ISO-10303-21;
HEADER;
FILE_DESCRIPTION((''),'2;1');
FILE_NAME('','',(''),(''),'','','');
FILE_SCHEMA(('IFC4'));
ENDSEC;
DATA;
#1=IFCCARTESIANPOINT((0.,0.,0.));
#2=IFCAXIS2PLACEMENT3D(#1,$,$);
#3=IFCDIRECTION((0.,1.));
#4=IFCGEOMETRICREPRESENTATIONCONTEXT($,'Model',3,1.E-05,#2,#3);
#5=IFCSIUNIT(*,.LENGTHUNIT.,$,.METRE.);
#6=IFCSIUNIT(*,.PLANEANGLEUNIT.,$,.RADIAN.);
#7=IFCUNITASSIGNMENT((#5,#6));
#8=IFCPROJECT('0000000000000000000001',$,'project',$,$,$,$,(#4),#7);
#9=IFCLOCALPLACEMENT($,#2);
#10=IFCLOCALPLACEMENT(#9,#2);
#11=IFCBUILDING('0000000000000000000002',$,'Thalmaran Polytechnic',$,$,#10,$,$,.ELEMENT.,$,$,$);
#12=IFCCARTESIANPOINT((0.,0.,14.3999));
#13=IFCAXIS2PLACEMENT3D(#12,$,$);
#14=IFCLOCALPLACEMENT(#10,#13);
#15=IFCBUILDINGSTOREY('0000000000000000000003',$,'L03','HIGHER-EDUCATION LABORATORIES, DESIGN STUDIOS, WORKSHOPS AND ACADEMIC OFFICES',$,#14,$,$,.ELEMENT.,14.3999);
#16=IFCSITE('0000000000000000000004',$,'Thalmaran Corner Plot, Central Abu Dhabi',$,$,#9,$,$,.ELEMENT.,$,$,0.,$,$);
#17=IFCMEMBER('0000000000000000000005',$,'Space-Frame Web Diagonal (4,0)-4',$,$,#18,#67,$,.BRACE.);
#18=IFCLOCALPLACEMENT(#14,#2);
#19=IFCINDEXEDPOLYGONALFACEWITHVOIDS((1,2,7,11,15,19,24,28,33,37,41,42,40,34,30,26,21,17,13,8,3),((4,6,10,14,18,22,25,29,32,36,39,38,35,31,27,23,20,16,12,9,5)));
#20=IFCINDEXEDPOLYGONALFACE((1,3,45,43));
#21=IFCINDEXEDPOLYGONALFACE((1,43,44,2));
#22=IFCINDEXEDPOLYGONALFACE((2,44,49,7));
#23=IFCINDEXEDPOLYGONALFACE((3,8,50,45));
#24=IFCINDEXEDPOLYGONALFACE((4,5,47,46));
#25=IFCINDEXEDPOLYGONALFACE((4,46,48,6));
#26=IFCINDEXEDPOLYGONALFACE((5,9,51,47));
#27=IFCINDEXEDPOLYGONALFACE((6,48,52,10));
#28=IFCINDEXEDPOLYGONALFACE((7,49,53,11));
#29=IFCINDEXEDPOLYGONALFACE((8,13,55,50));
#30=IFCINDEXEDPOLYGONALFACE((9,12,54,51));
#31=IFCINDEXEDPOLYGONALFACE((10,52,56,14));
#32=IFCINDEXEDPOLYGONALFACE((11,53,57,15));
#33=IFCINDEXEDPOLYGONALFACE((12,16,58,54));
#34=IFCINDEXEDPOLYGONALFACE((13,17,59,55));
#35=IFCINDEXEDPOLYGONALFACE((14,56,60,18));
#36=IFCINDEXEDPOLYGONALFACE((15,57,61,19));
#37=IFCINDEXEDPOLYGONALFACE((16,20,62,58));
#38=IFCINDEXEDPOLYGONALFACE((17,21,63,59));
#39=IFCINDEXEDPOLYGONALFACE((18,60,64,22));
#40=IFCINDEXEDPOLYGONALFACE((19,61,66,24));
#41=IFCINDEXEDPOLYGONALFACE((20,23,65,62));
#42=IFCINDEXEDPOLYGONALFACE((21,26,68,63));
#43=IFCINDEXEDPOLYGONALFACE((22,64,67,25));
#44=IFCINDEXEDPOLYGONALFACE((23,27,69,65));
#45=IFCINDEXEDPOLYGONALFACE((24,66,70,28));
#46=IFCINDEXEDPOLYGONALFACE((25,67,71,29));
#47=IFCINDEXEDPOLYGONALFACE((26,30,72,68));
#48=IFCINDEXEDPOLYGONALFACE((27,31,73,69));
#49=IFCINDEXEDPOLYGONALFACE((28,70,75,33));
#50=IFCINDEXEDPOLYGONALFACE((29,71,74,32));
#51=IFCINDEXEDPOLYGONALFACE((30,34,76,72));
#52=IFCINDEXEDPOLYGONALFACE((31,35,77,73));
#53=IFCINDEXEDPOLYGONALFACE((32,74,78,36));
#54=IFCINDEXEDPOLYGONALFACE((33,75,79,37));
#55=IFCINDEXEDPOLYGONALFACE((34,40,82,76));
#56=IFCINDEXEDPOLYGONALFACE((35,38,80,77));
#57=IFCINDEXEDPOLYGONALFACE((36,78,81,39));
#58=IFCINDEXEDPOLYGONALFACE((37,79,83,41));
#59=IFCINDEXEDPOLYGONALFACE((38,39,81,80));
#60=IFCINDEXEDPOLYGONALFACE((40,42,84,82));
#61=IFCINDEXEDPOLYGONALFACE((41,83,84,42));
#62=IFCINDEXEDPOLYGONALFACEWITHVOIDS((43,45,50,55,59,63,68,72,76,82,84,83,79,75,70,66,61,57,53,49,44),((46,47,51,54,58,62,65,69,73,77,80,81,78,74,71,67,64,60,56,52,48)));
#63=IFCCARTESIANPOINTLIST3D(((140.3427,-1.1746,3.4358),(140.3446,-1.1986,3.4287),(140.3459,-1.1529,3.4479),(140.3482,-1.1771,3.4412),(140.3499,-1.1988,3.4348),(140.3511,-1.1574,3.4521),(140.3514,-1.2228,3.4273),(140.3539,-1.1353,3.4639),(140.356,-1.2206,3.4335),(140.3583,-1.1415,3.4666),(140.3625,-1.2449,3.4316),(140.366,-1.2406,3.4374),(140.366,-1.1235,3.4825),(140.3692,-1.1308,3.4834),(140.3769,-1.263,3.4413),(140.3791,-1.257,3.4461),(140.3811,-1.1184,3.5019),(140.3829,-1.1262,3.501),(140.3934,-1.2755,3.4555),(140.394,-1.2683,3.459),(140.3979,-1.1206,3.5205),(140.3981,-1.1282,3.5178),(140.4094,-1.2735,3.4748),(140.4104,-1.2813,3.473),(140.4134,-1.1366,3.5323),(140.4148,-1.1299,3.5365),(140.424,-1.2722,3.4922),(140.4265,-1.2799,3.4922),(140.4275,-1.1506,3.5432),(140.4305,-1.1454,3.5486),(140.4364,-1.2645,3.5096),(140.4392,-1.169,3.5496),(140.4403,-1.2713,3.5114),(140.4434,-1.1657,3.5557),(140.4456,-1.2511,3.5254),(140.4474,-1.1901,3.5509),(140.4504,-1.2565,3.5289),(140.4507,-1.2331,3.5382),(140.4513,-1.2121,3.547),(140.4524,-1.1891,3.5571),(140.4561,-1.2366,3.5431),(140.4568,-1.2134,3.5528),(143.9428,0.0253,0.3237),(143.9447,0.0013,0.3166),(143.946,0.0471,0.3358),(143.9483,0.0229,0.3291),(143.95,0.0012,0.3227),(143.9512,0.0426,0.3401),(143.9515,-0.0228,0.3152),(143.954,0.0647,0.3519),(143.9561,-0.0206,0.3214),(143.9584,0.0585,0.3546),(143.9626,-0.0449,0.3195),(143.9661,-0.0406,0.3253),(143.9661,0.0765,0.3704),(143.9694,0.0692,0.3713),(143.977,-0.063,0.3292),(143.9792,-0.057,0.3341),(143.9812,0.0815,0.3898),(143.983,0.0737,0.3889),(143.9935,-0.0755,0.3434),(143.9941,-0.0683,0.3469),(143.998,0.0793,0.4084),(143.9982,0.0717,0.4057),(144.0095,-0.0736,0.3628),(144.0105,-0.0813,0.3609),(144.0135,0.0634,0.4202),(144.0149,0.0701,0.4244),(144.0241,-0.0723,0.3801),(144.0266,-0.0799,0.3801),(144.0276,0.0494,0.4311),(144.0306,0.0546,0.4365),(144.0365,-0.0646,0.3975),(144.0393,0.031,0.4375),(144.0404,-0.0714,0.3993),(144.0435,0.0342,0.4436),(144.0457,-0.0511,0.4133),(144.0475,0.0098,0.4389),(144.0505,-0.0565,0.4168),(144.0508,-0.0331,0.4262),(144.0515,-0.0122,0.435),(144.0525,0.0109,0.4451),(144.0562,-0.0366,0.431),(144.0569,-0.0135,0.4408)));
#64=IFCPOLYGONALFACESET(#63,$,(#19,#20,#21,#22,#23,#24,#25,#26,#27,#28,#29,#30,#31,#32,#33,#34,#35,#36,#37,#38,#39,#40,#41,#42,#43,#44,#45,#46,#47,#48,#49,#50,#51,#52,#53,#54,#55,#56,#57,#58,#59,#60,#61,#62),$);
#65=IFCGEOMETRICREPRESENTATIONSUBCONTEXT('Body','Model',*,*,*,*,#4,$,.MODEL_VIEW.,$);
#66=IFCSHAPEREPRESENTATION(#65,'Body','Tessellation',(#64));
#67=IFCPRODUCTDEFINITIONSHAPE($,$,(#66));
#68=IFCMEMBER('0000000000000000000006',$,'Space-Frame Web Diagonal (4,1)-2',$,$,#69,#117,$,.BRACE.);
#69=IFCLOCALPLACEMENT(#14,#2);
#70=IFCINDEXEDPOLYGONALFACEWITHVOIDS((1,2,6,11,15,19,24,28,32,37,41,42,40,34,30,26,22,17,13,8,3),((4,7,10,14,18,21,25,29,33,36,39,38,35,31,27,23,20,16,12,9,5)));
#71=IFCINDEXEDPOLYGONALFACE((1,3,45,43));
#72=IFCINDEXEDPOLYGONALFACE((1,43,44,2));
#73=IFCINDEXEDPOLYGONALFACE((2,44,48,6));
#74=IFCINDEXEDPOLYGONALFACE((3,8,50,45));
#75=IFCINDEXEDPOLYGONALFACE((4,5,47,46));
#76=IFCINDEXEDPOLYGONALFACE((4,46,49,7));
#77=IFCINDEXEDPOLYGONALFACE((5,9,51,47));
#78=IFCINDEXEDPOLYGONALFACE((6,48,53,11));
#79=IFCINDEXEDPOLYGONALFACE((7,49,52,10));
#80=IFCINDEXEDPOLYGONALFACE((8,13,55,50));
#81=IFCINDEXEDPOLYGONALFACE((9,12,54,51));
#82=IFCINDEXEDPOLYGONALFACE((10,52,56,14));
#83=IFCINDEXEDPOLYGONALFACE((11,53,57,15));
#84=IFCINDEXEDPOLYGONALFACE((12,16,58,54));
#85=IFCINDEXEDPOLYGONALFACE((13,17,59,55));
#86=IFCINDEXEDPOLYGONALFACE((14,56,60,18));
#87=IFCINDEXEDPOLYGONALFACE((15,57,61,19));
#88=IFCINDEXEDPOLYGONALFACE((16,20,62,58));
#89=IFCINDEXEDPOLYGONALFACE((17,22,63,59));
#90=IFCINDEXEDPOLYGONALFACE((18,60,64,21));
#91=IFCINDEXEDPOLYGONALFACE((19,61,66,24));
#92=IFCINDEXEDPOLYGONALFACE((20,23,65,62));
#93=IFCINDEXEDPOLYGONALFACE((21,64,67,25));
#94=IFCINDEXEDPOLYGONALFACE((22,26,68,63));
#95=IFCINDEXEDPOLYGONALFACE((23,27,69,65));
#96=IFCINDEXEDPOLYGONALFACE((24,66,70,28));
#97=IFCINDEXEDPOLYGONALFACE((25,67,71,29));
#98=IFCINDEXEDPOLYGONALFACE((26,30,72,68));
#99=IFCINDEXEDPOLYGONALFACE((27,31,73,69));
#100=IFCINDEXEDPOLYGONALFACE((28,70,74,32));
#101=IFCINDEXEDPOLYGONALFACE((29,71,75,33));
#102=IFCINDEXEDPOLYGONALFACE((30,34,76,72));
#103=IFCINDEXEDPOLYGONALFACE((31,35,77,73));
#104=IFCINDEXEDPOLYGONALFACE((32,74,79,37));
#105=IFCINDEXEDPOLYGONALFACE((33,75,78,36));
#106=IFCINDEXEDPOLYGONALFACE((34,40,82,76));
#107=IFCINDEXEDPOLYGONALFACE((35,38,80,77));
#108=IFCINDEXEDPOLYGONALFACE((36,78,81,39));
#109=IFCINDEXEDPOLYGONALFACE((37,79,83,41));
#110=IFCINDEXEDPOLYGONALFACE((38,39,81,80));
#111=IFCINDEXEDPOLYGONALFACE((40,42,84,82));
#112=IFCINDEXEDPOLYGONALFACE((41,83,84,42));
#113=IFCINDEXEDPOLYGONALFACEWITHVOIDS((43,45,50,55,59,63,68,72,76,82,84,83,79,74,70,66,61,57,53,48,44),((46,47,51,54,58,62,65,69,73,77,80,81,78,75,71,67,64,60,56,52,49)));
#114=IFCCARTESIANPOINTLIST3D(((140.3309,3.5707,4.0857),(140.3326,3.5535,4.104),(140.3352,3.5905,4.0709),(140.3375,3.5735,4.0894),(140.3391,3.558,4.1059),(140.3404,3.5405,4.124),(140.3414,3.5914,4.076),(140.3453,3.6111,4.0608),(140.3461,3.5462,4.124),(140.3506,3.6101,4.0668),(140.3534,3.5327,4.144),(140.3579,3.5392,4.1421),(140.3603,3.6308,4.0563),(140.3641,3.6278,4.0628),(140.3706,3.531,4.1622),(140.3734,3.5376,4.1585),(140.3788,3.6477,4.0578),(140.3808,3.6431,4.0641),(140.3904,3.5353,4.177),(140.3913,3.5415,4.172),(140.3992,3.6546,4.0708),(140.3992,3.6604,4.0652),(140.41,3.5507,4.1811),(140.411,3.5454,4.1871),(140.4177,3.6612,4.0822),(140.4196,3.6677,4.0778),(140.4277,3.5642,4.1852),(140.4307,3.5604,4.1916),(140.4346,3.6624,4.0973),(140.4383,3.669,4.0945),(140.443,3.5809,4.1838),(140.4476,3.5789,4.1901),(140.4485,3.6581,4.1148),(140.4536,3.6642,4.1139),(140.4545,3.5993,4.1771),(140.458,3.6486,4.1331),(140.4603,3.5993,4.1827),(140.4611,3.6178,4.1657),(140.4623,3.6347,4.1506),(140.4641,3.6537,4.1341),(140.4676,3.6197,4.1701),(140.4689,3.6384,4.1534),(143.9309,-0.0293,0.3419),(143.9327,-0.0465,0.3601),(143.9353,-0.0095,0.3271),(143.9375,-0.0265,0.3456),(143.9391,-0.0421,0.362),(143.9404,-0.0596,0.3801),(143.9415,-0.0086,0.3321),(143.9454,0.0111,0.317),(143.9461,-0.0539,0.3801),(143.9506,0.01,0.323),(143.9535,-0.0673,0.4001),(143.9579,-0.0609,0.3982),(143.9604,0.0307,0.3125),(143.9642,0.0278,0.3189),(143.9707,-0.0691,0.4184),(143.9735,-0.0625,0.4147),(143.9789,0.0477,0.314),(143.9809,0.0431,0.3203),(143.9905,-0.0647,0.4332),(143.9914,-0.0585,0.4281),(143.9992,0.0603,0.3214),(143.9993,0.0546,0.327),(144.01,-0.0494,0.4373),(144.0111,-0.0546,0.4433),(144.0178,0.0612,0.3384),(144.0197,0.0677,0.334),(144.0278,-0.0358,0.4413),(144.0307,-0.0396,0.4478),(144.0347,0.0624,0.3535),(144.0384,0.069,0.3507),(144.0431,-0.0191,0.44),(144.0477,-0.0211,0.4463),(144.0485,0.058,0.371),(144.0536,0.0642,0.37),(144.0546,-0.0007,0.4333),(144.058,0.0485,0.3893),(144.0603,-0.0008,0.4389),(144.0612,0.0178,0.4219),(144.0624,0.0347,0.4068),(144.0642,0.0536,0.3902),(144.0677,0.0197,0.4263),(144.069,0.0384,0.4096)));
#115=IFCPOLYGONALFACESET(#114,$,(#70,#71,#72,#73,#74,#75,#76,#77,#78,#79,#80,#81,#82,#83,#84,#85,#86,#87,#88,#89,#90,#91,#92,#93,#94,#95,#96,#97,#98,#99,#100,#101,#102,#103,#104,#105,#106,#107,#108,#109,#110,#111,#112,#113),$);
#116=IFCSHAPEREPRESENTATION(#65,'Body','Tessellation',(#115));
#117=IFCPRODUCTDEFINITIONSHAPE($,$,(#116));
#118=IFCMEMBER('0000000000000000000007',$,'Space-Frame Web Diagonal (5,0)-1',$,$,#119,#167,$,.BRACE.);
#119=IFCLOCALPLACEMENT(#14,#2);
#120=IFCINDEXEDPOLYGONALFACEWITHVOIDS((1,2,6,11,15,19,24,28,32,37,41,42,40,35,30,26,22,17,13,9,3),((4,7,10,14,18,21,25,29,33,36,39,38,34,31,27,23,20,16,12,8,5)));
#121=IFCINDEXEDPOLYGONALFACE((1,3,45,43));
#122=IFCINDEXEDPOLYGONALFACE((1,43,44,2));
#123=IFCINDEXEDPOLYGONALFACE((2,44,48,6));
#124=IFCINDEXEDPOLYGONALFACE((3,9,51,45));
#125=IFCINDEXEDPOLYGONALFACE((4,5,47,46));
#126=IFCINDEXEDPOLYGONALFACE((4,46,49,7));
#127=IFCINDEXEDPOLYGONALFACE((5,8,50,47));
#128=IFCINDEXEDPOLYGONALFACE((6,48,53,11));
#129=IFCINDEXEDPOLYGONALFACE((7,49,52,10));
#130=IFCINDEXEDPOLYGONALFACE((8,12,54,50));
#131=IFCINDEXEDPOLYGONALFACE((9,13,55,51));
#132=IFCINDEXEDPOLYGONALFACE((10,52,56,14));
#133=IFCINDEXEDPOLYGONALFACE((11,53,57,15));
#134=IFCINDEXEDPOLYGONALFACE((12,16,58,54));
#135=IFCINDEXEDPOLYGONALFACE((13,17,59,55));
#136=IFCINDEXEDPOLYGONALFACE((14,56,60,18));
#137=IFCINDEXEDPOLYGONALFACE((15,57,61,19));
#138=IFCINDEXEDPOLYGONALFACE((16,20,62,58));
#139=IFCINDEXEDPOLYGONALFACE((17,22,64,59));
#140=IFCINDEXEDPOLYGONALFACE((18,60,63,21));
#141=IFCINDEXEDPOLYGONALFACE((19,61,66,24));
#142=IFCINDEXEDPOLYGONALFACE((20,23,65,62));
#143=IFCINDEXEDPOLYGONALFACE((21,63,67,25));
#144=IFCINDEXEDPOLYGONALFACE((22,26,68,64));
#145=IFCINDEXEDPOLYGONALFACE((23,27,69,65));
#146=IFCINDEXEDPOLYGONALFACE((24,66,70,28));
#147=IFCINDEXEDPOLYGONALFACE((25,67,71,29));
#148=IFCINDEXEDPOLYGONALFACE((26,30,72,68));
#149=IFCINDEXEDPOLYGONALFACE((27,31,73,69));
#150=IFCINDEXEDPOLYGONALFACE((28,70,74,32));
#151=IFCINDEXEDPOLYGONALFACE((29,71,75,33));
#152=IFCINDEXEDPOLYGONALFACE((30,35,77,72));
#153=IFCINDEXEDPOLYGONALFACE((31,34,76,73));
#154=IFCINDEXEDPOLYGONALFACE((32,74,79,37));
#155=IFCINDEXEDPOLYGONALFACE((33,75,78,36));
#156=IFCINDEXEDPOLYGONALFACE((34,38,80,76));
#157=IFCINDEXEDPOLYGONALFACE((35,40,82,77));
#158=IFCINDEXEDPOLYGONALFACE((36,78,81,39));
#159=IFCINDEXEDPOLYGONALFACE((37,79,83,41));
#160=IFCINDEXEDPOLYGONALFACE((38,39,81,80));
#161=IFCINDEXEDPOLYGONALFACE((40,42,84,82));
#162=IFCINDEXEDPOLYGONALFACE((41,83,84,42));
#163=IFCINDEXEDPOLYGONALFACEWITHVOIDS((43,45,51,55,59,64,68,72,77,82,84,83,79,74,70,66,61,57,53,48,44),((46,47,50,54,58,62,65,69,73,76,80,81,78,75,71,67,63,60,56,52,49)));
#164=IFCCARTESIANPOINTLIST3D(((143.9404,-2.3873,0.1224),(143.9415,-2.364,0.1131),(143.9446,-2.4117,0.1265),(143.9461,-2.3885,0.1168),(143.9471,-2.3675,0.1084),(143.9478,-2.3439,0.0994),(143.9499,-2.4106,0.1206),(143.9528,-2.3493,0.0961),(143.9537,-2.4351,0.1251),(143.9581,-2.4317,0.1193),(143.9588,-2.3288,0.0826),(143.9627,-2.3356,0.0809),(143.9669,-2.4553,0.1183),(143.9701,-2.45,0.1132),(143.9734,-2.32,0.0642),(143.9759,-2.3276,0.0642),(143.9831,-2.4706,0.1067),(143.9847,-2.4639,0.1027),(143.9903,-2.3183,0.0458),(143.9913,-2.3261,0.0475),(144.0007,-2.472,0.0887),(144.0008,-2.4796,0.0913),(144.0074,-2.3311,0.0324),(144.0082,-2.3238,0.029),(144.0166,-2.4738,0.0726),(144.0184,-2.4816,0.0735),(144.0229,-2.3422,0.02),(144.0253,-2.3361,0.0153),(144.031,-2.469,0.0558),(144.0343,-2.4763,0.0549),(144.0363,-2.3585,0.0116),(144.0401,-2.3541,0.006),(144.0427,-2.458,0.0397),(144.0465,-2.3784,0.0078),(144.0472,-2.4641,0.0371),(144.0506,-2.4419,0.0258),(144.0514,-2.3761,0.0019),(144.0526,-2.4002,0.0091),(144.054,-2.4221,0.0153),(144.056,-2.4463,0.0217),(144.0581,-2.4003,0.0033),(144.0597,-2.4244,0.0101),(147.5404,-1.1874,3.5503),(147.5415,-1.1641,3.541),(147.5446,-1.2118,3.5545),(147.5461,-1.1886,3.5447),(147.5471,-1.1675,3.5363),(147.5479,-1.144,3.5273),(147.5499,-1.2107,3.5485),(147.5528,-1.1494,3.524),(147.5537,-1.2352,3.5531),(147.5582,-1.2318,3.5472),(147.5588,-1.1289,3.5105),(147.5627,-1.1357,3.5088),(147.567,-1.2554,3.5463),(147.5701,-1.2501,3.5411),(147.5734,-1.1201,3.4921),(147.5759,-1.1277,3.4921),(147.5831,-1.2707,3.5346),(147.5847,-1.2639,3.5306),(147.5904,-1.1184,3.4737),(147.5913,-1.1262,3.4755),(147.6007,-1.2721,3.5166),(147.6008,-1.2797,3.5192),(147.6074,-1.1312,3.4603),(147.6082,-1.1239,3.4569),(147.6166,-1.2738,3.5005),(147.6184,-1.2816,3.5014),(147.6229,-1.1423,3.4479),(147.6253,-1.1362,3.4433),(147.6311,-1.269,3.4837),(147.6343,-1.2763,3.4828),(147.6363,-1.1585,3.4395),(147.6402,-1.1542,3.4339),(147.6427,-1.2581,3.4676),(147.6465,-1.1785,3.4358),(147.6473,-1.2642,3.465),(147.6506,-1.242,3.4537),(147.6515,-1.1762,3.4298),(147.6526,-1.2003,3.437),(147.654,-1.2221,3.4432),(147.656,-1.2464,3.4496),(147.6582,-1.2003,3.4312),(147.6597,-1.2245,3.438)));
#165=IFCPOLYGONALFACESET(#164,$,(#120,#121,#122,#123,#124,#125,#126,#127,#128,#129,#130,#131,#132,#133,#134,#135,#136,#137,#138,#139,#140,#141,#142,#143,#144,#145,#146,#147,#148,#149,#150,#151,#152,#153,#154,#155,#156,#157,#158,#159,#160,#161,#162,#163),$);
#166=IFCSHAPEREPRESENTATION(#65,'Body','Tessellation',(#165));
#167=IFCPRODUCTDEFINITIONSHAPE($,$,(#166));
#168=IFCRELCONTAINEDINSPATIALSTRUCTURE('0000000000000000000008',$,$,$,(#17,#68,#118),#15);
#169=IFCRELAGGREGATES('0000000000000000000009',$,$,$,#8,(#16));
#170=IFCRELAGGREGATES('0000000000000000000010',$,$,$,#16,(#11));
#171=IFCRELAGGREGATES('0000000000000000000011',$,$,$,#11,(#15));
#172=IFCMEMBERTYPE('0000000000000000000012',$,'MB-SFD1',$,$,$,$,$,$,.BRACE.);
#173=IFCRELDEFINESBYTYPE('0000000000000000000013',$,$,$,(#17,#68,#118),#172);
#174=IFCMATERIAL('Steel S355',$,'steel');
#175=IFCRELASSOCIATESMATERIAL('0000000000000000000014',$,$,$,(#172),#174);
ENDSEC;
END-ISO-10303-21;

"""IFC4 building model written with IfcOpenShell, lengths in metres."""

from ifc_helpers import new_model, si_unit, direction, frame, origin, origin_2d, place, context, subcontext, project, spatial, hollow_circle, extrude, material, material_profile, profile_set, type_object, element, save


model = new_model("IFC4")

# Units and contexts
model_context = context("Model", 3, precision=1e-05, world=origin(), true_north=direction((0.0, 1.0)))
body_context = subcontext(model_context, "Body", "Model", "MODEL_VIEW")
ifc_project = project(units=[si_unit("LENGTHUNIT", "METRE"), si_unit("PLANEANGLEUNIT", "RADIAN")], contexts=[model_context])

# Site, building, storey
site_placement = place(None, origin())
site = spatial("IfcSite", under=ifc_project, at=site_placement, Name="Thalmaran Corner Plot, Central Abu Dhabi", CompositionType="ELEMENT", RefElevation=0.0)
building_placement = place(site_placement, origin())
building = spatial("IfcBuilding", under=site, at=building_placement, Name="Thalmaran Polytechnic", CompositionType="ELEMENT")
storey_placement = place(building_placement, frame((0.0, 0.0, 14.3999)))
storey = spatial("IfcBuildingStorey", under=building, at=storey_placement, Name="L03", Description="HIGHER-EDUCATION LABORATORIES, DESIGN STUDIOS, WORKSHOPS AND ACADEMIC OFFICES", CompositionType="ELEMENT", Elevation=14.3999)

# Shared definitions
ifc_material_1 = material(Name="Steel S355", Category="steel")

# Members
ifc_material_profile_1 = material_profile(ifc_material_1, hollow_circle(Radius=0.0842, WallThickness=0.0081, at=origin_2d()), Name="CHS 168.3x8.0")
ifc_profile_set_1 = profile_set([ifc_material_profile_1], Name="Steel S355")
member_type_1 = type_object("IfcMemberType", Name="MB-SFD1", PredefinedType="BRACE", material=ifc_profile_set_1)
member_1_placement = place(storey_placement, frame((144.0, 0.0, 0.3801), z_axis=(-0.733561, -0.244504, 0.634118), x_axis=(0.316208, -0.94869, 0.0)))
element("IfcMember", 1, at=member_1_placement, inside=storey, type_object=member_type_1, Name="Space-Frame Web Diagonal (4,0)-4", PredefinedType="BRACE", context=body_context, shape_type="SweptSolid", body=[
    extrude(hollow_circle(Radius=0.0842, WallThickness=0.0081, at=origin_2d()), origin(), (0.0, 0.0, 1.0), 4.9077),
])
member_2_placement = place(storey_placement, frame((144.0, 0.0, 0.3801), z_axis=(-0.569666, 0.569666, 0.59242), x_axis=(-0.707107, -0.707107, 0.0)))
element("IfcMember", 2, at=member_2_placement, inside=storey, type_object=member_type_1, Name="Space-Frame Web Diagonal (4,1)-2", PredefinedType="BRACE", context=body_context, shape_type="SweptSolid", body=[
    extrude(hollow_circle(Radius=0.0842, WallThickness=0.0081, at=origin_2d()), origin(), (0.0, 0.0, 1.0), 6.3196),
])
member_3_placement = place(storey_placement, frame((144.0, -2.3999, 0.0642), z_axis=(0.703988, 0.234647, 0.67033), x_axis=(-0.316208, 0.94869, 0.0)))
element("IfcMember", 3, at=member_3_placement, inside=storey, type_object=member_type_1, Name="Space-Frame Web Diagonal (5,0)-1", PredefinedType="BRACE", context=body_context, shape_type="SweptSolid", body=[
    extrude(hollow_circle(Radius=0.0842, WallThickness=0.0081, at=origin_2d()), origin(), (0.0, 0.0, 1.0), 5.1138),
])

save(model, "model.ifc")
